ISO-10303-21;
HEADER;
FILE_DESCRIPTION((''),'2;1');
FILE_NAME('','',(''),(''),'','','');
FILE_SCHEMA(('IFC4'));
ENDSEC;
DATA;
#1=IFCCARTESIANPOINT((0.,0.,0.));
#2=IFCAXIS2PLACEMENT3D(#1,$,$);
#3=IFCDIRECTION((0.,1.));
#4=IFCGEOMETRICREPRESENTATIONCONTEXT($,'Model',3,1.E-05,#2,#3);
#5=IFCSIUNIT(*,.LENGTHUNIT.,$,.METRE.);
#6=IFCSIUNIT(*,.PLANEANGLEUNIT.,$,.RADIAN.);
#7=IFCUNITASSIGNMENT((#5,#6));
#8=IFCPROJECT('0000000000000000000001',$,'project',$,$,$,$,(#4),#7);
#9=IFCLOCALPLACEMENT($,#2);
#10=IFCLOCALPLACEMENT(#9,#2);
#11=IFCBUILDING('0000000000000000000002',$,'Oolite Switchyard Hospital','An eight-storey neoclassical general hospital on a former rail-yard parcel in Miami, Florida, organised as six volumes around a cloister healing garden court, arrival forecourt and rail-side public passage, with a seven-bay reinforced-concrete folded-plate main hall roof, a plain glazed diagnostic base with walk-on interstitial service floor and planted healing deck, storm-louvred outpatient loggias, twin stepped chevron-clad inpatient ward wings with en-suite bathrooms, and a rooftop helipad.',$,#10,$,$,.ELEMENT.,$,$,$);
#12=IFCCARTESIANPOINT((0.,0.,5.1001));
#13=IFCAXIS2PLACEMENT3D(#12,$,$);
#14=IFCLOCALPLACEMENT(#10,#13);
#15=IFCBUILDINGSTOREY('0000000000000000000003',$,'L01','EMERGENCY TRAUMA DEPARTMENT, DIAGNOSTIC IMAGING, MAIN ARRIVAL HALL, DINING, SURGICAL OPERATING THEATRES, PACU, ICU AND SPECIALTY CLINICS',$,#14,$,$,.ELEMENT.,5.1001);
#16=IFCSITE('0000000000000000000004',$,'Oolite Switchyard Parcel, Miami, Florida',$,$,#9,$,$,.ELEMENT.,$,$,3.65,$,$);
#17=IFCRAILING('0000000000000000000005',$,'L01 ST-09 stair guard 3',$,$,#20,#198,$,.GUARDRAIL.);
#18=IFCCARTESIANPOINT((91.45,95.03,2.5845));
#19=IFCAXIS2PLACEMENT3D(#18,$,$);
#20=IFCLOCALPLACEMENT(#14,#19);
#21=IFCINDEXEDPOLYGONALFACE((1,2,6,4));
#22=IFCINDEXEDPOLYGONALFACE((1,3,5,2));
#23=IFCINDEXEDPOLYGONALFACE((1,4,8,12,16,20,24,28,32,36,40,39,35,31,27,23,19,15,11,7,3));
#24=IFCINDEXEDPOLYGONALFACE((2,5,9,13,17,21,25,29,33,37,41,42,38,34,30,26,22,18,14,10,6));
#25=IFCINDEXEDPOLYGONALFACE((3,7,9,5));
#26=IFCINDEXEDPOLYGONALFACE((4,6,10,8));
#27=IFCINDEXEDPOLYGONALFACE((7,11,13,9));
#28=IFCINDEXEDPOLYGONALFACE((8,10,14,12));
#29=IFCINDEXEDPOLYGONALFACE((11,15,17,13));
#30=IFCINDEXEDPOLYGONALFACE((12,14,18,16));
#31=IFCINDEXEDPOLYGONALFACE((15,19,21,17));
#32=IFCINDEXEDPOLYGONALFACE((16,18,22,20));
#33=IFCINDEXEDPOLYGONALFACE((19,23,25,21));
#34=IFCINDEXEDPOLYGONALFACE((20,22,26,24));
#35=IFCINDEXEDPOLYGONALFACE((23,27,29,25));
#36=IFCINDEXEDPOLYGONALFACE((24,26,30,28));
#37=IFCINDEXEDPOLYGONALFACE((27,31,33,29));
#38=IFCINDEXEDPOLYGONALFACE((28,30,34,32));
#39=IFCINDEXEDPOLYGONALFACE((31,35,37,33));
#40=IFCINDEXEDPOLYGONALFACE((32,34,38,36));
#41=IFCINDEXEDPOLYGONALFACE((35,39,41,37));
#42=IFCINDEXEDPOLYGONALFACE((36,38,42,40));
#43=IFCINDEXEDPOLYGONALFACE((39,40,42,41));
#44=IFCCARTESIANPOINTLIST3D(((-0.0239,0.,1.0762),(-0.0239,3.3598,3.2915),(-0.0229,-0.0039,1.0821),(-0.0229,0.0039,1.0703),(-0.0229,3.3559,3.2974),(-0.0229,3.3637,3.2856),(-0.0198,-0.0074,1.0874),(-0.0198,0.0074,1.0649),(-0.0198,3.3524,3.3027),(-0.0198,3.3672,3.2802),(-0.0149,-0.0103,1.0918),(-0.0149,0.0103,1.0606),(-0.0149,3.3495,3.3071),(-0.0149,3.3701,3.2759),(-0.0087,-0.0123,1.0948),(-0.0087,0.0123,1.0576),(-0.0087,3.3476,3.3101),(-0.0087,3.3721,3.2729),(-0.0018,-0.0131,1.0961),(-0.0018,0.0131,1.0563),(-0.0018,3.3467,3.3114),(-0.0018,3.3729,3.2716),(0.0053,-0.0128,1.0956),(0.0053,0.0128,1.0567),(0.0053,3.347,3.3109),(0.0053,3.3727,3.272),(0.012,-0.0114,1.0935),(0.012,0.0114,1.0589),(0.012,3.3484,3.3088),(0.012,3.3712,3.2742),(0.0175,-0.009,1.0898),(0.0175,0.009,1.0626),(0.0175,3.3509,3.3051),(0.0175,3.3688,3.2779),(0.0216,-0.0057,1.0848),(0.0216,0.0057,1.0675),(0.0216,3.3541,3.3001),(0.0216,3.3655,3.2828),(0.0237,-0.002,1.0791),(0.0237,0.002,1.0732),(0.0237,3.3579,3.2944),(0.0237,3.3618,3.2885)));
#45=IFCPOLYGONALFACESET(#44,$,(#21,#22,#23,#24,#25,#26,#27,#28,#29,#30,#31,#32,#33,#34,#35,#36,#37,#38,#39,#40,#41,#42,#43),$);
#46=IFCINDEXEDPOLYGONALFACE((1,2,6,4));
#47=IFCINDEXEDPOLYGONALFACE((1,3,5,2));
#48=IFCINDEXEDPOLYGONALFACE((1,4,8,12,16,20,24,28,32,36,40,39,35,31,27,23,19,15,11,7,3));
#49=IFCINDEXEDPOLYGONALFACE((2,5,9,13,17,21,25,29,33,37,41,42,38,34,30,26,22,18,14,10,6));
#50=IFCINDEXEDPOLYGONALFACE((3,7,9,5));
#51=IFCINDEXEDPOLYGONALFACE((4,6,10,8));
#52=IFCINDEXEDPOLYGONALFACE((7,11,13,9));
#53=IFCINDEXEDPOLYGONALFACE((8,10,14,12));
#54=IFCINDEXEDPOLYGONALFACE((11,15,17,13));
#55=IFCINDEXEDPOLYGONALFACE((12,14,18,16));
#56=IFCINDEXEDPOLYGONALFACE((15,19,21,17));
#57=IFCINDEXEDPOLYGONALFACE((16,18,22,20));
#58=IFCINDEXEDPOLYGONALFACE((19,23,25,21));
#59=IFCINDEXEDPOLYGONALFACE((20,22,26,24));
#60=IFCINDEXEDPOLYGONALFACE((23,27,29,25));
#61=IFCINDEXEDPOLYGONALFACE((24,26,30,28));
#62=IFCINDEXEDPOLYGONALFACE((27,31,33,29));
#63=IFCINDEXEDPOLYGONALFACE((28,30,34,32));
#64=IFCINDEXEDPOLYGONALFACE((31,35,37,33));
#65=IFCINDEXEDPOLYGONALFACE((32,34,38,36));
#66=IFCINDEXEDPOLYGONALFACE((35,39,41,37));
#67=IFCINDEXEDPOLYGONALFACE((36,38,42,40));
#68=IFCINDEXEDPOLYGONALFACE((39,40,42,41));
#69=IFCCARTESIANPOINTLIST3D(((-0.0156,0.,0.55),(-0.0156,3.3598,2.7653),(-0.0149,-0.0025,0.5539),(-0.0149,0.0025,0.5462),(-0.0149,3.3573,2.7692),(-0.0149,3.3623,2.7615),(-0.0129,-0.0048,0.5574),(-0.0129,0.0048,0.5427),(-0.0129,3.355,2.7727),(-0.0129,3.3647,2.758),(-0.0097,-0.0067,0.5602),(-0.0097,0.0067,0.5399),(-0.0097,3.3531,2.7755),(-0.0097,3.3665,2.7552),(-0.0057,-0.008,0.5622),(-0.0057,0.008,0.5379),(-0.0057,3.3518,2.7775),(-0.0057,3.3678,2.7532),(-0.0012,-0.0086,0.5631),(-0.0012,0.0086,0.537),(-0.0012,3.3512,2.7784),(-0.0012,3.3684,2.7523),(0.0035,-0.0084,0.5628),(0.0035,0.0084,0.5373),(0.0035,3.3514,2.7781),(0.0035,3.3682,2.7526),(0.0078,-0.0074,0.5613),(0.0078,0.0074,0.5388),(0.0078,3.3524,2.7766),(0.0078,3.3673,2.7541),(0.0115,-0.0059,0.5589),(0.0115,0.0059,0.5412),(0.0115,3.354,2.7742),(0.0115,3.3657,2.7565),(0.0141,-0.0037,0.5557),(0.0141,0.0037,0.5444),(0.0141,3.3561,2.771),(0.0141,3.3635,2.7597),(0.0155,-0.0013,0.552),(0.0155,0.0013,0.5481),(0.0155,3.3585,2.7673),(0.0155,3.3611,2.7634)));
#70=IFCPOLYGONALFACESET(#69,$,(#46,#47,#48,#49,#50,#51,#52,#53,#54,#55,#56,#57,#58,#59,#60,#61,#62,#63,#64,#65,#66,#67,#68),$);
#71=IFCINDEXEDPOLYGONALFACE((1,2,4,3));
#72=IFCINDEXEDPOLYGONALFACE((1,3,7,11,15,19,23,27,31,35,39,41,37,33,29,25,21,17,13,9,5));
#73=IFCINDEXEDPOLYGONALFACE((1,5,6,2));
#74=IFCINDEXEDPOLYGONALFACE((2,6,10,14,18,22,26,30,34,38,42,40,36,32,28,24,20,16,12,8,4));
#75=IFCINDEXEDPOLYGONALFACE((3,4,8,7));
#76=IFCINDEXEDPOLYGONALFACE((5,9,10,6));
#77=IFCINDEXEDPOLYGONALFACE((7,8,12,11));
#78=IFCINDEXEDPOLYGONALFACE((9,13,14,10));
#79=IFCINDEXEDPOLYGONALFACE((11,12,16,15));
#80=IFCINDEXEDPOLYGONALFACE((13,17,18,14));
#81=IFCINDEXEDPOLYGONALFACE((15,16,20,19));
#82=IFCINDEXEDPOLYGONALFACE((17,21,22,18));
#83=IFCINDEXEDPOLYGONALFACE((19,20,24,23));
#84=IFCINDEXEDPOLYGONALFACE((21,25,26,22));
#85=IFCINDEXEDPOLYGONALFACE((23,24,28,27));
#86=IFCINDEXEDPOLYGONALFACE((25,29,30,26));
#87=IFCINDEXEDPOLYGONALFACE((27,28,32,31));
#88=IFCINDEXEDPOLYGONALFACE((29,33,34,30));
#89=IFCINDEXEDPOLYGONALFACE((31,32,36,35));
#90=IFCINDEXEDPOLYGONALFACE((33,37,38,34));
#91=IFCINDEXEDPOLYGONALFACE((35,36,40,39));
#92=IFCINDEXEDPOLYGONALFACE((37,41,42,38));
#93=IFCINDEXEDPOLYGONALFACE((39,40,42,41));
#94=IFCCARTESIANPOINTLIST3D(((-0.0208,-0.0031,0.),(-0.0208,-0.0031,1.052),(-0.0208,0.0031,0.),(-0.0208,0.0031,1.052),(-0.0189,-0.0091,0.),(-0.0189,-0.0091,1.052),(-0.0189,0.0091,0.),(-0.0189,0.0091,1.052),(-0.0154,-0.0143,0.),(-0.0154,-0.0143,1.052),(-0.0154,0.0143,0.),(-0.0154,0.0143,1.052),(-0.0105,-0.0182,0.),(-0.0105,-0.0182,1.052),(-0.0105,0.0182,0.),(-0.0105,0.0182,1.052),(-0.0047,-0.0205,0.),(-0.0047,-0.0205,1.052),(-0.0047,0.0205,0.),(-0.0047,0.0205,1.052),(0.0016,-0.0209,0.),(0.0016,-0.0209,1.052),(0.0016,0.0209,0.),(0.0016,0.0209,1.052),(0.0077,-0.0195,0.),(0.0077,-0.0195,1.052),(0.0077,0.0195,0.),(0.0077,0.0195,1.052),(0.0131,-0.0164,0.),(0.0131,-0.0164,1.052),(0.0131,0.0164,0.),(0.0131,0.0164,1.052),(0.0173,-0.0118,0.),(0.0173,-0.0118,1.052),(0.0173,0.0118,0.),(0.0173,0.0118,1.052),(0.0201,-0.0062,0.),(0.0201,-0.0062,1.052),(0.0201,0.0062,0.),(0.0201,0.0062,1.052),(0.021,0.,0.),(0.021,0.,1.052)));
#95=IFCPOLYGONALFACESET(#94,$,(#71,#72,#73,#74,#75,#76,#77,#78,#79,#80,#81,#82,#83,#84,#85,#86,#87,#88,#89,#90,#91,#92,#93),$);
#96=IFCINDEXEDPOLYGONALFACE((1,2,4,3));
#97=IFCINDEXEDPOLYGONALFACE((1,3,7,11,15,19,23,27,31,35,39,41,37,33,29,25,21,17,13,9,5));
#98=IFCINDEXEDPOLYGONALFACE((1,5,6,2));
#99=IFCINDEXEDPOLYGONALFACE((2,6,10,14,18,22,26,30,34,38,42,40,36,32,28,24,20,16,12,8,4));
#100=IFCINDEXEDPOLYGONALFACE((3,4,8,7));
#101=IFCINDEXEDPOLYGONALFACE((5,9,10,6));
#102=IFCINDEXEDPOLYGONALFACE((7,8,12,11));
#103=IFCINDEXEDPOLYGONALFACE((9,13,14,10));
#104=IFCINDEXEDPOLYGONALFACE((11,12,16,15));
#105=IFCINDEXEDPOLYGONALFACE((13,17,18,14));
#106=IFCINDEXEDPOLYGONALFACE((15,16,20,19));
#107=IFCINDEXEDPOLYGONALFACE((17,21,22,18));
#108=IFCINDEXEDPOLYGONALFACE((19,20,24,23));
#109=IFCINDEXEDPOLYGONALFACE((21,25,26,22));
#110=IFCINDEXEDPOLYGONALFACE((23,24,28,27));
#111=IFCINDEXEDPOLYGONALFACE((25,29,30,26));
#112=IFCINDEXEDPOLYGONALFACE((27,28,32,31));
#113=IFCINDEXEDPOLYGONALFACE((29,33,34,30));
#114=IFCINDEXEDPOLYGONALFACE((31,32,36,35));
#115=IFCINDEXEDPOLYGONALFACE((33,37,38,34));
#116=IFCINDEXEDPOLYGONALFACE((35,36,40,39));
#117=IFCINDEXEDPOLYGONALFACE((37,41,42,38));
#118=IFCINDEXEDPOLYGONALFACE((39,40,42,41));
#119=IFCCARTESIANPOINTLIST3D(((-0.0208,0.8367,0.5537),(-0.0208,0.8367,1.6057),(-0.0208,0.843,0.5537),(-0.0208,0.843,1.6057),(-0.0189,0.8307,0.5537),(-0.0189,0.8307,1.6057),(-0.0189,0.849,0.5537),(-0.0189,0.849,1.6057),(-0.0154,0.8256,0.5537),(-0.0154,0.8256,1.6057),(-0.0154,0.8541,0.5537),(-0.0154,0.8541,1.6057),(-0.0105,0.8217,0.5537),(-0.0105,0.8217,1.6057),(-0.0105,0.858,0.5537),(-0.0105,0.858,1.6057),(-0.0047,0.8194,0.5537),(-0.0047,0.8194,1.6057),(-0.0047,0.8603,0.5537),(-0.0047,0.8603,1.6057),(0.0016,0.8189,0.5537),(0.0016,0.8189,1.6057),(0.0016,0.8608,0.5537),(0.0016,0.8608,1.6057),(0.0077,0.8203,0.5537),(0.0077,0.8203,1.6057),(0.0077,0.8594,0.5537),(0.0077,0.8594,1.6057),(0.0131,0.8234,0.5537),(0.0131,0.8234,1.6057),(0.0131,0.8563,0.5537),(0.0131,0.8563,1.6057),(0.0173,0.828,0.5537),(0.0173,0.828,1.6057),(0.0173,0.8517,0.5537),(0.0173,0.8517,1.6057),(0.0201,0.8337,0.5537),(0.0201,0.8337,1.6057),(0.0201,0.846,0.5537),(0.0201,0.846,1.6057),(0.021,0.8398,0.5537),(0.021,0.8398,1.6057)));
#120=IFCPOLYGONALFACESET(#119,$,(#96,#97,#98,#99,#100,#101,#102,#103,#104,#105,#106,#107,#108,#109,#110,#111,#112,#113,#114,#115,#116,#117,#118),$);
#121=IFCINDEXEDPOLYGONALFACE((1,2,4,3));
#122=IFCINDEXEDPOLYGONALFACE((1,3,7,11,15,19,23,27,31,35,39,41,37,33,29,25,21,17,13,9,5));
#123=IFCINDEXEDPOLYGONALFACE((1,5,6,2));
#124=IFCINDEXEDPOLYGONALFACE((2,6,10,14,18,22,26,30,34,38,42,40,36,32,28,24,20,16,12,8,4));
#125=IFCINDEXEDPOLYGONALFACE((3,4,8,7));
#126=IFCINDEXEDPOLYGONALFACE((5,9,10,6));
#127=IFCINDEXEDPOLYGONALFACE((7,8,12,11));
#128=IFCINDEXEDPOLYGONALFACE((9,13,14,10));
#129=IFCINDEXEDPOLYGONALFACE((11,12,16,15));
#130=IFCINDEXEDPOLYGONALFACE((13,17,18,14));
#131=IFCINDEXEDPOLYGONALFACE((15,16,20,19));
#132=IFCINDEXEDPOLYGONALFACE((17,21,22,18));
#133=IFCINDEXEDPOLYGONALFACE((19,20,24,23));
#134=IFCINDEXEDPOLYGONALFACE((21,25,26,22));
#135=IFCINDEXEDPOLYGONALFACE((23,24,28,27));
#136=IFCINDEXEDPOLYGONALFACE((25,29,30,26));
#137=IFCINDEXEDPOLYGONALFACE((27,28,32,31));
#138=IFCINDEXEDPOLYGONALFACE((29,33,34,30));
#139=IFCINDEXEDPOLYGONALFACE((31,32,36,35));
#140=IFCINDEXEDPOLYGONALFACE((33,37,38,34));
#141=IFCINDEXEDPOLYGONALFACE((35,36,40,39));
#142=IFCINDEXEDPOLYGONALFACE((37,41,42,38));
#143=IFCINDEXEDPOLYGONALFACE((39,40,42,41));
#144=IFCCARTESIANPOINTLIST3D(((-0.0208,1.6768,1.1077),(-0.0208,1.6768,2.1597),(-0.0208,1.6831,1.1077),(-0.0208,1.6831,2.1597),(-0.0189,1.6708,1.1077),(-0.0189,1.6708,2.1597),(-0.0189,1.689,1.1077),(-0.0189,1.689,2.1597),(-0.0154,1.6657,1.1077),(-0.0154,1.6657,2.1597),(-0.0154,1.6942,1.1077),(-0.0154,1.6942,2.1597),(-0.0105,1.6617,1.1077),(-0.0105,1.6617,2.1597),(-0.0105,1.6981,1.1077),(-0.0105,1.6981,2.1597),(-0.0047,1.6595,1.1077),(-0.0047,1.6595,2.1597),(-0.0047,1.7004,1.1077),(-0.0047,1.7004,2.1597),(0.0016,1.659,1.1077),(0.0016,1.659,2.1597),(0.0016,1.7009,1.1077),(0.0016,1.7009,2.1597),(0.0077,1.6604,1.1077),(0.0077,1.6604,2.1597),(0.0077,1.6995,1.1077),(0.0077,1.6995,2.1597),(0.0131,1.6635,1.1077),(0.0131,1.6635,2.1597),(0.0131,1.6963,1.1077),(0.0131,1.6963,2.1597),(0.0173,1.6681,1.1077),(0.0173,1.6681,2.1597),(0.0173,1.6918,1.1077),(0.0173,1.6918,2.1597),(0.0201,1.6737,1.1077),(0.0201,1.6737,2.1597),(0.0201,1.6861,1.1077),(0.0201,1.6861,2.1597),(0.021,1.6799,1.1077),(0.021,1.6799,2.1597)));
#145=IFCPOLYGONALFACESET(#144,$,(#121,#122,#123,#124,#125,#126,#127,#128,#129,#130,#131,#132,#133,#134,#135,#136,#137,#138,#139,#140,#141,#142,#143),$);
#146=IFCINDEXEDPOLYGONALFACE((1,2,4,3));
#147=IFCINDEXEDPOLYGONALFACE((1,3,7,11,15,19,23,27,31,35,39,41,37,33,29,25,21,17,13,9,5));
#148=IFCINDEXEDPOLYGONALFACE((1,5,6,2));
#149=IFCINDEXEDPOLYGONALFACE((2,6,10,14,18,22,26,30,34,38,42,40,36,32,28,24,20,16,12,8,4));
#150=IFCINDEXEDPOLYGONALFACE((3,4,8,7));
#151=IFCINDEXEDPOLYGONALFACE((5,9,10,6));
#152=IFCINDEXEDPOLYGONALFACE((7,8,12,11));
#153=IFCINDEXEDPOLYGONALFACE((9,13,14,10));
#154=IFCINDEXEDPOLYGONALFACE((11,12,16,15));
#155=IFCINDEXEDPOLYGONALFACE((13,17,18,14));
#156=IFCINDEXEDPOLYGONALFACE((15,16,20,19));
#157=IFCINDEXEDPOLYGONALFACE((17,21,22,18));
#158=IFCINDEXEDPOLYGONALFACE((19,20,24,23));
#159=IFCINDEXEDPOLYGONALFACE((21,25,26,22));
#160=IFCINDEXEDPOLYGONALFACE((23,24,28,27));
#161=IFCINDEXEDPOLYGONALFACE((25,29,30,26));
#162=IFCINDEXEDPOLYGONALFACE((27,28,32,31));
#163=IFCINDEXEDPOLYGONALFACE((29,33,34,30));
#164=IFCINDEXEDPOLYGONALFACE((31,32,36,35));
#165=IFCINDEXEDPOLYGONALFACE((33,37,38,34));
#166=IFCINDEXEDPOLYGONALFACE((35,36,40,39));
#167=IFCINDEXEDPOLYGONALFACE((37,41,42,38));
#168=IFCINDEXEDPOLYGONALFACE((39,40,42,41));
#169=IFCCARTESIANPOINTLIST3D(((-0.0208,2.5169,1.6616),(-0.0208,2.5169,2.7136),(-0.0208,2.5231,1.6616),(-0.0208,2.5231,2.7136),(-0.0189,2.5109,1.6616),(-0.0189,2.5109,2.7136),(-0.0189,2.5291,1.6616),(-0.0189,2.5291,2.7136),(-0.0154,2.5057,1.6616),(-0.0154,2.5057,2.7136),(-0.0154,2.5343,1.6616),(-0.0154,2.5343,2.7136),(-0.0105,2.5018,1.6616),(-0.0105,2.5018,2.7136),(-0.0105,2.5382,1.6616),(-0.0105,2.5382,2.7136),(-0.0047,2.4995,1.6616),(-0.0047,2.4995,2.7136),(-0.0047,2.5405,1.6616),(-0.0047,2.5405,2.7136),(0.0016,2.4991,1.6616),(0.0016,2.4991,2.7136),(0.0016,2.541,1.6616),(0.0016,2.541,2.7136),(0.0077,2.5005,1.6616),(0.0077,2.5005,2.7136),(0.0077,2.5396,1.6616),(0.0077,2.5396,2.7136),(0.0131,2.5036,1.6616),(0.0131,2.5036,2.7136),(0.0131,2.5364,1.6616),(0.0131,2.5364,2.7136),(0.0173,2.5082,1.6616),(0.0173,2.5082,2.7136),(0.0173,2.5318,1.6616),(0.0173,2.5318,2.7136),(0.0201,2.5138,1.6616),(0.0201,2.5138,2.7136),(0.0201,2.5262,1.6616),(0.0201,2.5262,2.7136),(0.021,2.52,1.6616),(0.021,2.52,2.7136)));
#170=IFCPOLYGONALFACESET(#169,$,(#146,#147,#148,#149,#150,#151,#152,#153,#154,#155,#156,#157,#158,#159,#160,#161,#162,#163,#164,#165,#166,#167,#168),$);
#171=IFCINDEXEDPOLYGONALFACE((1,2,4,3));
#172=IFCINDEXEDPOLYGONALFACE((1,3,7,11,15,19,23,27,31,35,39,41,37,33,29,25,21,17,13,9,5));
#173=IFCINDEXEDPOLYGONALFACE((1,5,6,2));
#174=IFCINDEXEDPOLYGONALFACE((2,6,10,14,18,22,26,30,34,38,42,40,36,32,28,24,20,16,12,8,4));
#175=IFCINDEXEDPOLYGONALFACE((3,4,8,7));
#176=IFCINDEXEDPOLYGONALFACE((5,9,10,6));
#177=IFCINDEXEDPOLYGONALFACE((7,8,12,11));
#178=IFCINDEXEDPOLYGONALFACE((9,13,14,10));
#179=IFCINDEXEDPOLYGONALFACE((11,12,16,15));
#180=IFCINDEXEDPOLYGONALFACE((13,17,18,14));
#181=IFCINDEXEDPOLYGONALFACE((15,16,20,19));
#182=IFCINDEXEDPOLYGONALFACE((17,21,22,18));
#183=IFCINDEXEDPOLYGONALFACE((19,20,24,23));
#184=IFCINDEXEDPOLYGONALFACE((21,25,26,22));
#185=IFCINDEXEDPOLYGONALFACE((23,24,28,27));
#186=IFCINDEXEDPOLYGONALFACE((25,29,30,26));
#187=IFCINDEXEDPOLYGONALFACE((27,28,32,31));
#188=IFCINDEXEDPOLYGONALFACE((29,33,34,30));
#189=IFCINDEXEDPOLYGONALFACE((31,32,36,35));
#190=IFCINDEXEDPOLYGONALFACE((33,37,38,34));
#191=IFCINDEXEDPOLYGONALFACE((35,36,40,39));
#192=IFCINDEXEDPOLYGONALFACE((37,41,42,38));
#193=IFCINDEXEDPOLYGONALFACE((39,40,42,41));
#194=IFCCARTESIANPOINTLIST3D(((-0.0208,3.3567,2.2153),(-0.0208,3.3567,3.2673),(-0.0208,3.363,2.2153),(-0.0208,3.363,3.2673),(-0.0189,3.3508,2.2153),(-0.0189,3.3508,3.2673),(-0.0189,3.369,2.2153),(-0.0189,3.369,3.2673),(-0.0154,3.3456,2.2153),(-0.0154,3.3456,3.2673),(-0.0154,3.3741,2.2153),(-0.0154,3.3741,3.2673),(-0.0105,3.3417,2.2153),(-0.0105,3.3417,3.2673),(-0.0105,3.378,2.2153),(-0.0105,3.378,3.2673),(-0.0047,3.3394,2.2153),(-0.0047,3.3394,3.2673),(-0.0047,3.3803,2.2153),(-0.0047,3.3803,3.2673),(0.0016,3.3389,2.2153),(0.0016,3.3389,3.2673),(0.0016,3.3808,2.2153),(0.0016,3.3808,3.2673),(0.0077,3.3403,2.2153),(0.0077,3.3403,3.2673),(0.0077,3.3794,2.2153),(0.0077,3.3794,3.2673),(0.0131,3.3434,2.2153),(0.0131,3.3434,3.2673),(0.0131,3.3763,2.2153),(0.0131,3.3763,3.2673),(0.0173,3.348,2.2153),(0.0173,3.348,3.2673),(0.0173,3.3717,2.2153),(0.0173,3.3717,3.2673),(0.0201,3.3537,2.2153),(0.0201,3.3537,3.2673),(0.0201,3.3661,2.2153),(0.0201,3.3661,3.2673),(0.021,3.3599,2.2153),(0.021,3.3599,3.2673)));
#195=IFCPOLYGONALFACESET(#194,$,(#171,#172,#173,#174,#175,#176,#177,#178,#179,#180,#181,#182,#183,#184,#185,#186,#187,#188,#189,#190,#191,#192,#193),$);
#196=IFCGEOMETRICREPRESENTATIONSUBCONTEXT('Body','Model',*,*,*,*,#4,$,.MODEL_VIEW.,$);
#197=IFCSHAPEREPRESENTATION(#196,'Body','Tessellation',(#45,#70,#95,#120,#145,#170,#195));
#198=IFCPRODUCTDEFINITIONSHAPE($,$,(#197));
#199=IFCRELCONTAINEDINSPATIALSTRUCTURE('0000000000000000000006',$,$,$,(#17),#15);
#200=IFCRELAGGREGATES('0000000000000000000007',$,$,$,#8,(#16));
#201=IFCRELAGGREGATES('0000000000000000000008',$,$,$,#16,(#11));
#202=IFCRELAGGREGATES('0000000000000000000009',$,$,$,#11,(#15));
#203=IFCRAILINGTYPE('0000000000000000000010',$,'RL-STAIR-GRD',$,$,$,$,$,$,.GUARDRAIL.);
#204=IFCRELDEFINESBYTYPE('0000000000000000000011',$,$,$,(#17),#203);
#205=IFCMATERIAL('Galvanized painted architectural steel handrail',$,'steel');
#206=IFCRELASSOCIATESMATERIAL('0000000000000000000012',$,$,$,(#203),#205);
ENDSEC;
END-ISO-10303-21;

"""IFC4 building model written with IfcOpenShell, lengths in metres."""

from ifc_helpers import new_model, si_unit, direction, frame, origin, origin_2d, place, context, subcontext, project, spatial, circle, extrude, material, type_object, element, save


model = new_model("IFC4")

# Units and contexts
model_context = context("Model", 3, precision=1e-05, world=origin(), true_north=direction((0.0, 1.0)))
body_context = subcontext(model_context, "Body", "Model", "MODEL_VIEW")
ifc_project = project(units=[si_unit("LENGTHUNIT", "METRE"), si_unit("PLANEANGLEUNIT", "RADIAN")], contexts=[model_context])

# Site, building, storey
site_placement = place(None, origin())
site = spatial("IfcSite", under=ifc_project, at=site_placement, Name="Oolite Switchyard Parcel, Miami, Florida", CompositionType="ELEMENT", RefElevation=3.65)
building_placement = place(site_placement, origin())
building = spatial("IfcBuilding", under=site, at=building_placement, Name="Oolite Switchyard Hospital", Description="An eight-storey neoclassical general hospital on a former rail-yard parcel in Miami, Florida, organised as six volumes around a cloister healing garden court, arrival forecourt and rail-side public passage, with a seven-bay reinforced-concrete folded-plate main hall roof, a plain glazed diagnostic base with walk-on interstitial service floor and planted healing deck, storm-louvred outpatient loggias, twin stepped chevron-clad inpatient ward wings with en-suite bathrooms, and a rooftop helipad.", CompositionType="ELEMENT")
storey_placement = place(building_placement, frame((0.0, 0.0, 5.1001)))
storey = spatial("IfcBuildingStorey", under=building, at=storey_placement, Name="L01", Description="EMERGENCY TRAUMA DEPARTMENT, DIAGNOSTIC IMAGING, MAIN ARRIVAL HALL, DINING, SURGICAL OPERATING THEATRES, PACU, ICU AND SPECIALTY CLINICS", CompositionType="ELEMENT", Elevation=5.1001)

# Railing
ifc_material_1 = material(Name="Galvanized painted architectural steel handrail", Category="steel")
railing_type_1 = type_object("IfcRailingType", Name="RL-STAIR-GRD", PredefinedType="GUARDRAIL", material=ifc_material_1)
railing_1_placement = place(storey_placement, frame((91.45, 95.03, 2.5845)))
element("IfcRailing", 1, at=railing_1_placement, inside=storey, type_object=railing_type_1, Name="L01 ST-09 stair guard 3", PredefinedType="GUARDRAIL", context=body_context, shape_type="SweptSolid", body=[
    extrude(circle(Radius=0.0239, at=origin_2d()), frame((0.0, 0.0, 1.0762), z_axis=(0.0, 0.834858, 0.550465), x_axis=(-1.0, 0.0, 0.0)), (0.0, 0.0, 1.0), 4.0244),
    extrude(circle(Radius=0.0156, at=origin_2d()), frame((0.0, 0.0, 0.55), z_axis=(0.0, 0.834858, 0.550465), x_axis=(-1.0, 0.0, 0.0)), (0.0, 0.0, 1.0), 4.0244),
    extrude(circle(Radius=0.021, at=origin_2d()), origin(), (0.0, 0.0, 1.0), 1.052),
    extrude(circle(Radius=0.021, at=origin_2d()), frame((0.0, 0.8398, 0.5537)), (0.0, 0.0, 1.0), 1.052),
    extrude(circle(Radius=0.021, at=origin_2d()), frame((0.0, 1.6799, 1.1077)), (0.0, 0.0, 1.0), 1.052),
    extrude(circle(Radius=0.021, at=origin_2d()), frame((0.0, 2.52, 1.6616)), (0.0, 0.0, 1.0), 1.052),
    extrude(circle(Radius=0.021, at=origin_2d()), frame((0.0, 3.3599, 2.2153)), (0.0, 0.0, 1.0), 1.052),
])

save(model, "model.ifc")
